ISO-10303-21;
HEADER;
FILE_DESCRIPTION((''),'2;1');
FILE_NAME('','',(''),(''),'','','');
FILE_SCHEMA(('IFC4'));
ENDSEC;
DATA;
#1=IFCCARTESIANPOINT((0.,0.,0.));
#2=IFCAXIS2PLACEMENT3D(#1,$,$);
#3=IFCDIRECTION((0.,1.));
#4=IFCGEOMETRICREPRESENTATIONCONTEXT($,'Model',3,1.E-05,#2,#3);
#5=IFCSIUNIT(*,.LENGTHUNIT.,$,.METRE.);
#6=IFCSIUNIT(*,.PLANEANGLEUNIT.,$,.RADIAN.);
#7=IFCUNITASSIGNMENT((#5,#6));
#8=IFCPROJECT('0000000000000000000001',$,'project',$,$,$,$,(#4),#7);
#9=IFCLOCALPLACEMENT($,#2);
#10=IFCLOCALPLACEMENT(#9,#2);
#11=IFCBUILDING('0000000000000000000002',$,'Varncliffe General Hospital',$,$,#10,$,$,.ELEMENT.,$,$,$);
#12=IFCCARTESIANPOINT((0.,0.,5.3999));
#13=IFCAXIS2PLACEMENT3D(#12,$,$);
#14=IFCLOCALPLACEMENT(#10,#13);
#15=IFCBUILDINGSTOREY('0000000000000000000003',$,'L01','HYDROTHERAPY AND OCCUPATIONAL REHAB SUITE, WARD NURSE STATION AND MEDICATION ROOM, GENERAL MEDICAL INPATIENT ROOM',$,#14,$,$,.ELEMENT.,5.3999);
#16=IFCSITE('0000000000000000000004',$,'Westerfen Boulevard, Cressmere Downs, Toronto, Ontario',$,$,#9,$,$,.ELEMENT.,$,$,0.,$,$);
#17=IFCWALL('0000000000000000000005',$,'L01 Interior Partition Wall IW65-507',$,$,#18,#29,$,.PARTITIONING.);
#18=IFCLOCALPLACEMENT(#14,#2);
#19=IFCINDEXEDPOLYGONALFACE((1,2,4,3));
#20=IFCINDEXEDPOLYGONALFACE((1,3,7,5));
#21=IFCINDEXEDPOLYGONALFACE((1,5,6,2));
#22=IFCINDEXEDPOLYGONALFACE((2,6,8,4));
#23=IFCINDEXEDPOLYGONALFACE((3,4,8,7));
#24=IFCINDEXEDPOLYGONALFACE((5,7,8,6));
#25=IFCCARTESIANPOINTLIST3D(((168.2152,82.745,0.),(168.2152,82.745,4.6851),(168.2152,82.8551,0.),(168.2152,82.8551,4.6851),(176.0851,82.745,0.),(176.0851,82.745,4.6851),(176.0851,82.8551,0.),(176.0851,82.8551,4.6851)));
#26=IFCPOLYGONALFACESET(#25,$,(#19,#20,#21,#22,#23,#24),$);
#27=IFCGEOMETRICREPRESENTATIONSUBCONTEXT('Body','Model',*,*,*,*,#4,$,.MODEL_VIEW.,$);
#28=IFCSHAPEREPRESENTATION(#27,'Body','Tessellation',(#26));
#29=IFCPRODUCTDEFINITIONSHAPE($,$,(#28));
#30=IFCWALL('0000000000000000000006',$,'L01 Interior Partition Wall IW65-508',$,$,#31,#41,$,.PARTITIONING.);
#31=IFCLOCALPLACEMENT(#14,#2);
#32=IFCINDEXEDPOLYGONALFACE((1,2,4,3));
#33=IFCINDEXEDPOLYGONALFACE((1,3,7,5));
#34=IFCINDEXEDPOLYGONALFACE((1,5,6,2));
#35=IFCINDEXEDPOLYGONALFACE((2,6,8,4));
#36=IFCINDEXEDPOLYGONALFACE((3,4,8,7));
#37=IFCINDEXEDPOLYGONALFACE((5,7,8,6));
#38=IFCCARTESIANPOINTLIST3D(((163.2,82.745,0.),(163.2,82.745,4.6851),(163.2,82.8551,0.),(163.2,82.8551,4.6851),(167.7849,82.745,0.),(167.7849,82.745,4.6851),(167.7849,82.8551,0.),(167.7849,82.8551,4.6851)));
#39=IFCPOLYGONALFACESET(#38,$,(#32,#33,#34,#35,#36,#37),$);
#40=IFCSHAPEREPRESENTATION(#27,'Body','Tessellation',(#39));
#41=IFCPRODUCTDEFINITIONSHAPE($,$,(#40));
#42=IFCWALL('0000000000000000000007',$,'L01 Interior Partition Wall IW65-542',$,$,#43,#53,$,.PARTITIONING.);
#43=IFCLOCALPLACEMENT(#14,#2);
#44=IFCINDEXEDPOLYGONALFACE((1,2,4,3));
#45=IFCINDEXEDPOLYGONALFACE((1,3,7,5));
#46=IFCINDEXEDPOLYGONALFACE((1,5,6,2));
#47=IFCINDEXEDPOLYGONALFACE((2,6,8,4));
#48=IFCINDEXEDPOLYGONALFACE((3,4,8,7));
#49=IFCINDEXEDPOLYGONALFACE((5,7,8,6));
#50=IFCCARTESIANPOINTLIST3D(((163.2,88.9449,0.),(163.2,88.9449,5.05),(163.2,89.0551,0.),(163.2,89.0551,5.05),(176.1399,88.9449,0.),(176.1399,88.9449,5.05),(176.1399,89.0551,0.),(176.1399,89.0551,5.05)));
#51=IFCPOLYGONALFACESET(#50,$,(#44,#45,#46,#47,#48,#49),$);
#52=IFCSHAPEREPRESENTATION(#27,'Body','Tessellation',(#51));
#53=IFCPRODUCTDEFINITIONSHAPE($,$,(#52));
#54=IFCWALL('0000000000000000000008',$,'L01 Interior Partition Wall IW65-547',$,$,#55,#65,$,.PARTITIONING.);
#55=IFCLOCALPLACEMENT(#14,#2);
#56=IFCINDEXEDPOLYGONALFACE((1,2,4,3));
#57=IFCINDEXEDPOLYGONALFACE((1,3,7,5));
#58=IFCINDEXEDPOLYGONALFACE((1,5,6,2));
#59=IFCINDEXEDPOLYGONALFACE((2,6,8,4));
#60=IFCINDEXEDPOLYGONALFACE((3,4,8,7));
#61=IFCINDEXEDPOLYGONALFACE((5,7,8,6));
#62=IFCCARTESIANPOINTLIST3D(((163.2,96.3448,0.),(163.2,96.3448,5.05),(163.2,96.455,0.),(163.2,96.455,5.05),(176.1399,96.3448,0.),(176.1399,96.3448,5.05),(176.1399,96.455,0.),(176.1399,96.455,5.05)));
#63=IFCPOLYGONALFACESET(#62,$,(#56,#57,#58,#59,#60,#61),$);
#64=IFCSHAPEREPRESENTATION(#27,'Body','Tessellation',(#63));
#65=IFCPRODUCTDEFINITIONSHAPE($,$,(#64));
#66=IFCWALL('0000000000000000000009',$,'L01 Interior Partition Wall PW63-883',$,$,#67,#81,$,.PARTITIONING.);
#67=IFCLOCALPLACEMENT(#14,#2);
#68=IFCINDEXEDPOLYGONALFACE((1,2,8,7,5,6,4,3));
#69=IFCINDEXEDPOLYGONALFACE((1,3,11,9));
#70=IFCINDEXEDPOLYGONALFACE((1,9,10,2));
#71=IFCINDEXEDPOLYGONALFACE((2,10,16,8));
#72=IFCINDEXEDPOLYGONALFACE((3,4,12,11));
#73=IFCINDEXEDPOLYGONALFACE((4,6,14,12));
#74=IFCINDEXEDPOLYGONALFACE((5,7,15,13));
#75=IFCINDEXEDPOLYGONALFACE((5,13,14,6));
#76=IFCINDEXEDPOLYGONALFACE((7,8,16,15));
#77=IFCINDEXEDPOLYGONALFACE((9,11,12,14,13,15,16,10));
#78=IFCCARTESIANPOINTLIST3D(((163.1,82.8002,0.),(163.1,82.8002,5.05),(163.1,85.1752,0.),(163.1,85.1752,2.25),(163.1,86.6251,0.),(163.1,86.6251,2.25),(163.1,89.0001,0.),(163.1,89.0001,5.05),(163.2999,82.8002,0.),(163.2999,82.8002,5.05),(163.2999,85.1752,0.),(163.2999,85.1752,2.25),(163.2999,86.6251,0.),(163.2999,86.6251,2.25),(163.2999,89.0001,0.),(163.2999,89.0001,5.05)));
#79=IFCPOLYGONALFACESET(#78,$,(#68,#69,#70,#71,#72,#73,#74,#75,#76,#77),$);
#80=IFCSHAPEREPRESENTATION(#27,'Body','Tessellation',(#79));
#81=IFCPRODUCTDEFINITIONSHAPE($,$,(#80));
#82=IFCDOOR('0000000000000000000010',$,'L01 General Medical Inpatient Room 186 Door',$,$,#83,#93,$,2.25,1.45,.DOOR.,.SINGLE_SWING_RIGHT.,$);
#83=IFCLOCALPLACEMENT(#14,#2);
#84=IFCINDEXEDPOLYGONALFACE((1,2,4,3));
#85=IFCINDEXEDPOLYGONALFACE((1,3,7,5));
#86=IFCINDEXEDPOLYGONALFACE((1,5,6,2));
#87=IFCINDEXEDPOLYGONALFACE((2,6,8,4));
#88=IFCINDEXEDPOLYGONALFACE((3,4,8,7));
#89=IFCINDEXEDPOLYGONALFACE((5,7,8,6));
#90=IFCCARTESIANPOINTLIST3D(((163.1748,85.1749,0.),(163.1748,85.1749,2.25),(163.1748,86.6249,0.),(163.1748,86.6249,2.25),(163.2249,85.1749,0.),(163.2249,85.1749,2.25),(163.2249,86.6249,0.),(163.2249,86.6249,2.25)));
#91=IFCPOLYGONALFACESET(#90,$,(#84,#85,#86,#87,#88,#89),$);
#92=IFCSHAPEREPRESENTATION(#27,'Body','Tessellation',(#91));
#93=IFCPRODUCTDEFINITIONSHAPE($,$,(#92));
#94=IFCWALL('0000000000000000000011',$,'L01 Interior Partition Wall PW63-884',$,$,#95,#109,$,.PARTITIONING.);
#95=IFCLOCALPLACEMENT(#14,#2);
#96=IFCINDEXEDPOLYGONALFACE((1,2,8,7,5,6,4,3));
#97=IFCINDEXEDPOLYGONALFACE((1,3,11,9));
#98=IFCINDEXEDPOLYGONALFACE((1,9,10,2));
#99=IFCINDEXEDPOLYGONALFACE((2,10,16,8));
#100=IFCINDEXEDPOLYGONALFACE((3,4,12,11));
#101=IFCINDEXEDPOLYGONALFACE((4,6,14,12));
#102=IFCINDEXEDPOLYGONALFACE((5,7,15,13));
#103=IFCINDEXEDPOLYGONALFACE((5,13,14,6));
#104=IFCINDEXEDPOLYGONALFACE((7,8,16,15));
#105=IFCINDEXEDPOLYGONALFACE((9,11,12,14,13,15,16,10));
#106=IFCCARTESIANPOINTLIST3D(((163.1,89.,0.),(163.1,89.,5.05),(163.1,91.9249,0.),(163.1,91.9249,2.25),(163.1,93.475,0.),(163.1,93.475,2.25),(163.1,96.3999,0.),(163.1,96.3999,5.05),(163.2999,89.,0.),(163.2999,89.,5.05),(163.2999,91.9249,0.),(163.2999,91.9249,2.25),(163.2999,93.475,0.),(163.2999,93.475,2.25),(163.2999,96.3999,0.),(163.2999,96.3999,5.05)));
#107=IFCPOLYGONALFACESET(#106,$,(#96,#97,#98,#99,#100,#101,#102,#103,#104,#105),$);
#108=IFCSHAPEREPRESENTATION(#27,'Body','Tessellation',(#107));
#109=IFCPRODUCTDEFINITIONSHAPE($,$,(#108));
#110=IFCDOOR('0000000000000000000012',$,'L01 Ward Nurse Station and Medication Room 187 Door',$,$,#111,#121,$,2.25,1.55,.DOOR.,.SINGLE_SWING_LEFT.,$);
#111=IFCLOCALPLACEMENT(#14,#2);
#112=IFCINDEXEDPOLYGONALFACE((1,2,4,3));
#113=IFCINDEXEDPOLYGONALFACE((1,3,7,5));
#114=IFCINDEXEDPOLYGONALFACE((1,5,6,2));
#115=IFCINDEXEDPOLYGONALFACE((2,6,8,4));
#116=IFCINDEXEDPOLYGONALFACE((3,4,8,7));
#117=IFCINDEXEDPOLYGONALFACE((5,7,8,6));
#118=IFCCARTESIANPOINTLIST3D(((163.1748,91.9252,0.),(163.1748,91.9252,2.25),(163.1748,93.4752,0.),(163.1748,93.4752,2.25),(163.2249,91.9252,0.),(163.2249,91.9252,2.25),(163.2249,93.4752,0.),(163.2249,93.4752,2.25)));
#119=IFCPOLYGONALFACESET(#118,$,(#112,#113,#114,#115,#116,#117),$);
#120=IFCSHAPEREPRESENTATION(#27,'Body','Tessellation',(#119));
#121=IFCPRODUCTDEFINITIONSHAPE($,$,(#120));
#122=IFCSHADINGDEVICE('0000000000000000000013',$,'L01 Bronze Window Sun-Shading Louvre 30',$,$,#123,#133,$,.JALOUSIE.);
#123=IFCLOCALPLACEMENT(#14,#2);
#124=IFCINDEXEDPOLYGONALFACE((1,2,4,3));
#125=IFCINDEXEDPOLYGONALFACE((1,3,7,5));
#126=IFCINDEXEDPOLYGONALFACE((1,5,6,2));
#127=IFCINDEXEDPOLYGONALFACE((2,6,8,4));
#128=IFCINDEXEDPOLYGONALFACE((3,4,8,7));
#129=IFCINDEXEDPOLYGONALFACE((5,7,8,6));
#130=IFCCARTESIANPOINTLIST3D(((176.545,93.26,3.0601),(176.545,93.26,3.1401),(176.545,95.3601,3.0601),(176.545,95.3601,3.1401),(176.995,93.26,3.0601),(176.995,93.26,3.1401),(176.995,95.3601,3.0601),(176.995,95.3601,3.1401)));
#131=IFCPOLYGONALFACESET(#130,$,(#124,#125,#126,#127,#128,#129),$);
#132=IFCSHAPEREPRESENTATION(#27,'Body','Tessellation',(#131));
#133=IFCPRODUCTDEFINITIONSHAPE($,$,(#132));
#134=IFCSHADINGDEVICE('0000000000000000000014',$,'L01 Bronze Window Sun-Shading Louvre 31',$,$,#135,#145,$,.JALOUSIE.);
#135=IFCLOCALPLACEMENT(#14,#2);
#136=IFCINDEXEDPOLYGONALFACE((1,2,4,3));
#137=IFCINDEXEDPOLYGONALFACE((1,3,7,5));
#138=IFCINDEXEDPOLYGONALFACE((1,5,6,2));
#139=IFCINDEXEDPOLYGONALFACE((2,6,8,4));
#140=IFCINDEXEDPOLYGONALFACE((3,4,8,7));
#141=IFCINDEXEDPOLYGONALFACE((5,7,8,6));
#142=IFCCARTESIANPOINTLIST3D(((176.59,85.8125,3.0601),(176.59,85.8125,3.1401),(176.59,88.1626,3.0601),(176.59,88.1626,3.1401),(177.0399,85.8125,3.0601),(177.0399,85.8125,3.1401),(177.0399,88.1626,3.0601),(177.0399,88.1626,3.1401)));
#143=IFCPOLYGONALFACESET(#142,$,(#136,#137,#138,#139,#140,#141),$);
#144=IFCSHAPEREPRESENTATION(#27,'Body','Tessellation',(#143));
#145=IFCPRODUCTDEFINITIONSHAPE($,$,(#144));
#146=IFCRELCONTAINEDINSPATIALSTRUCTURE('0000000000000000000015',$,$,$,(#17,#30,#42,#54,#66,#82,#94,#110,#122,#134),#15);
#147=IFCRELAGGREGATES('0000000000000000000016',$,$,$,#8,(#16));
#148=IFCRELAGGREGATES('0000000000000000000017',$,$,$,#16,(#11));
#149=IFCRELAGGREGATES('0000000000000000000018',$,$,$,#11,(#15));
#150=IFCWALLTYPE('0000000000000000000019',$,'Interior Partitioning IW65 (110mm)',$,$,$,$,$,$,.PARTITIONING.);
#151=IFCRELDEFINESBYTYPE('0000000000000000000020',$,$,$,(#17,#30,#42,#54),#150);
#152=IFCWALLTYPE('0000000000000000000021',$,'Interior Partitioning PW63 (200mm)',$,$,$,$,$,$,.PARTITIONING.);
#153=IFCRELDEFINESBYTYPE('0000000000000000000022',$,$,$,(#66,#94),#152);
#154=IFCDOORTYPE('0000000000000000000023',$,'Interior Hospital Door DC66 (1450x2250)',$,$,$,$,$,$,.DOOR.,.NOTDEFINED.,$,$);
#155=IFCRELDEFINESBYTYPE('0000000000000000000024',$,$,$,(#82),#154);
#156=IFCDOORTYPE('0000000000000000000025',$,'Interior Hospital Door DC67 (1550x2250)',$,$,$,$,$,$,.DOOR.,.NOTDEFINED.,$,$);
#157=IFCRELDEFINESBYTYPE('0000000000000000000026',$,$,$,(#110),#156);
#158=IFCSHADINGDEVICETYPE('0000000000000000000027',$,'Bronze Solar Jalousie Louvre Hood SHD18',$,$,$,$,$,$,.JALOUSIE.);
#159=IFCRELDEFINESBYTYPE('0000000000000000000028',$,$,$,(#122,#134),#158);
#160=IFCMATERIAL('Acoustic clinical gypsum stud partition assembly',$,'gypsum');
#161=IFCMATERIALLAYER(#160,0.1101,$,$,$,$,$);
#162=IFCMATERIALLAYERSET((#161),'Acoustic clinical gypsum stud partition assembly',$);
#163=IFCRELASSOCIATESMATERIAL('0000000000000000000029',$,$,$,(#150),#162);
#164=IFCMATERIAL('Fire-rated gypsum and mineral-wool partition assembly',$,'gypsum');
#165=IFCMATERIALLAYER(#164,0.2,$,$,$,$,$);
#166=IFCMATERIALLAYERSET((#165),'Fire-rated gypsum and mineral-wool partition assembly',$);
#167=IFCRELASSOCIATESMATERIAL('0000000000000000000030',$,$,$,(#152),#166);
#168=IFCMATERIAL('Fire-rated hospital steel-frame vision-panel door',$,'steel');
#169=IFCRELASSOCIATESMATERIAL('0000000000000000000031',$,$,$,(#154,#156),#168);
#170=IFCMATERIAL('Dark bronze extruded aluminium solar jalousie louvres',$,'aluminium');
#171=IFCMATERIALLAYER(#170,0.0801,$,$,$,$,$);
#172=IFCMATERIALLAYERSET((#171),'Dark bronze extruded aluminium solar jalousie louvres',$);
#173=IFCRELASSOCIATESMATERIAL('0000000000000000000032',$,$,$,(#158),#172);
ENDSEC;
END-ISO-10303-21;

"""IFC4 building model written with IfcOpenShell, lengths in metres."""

from ifc_helpers import new_model, si_unit, direction, frame, frame_2d, origin, origin_2d, place, context, subcontext, project, spatial, rectangle, extrude, material, layer, layer_set, type_object, element, fill, save


model = new_model("IFC4")

# Units and contexts
model_context = context("Model", 3, precision=1e-05, world=origin(), true_north=direction((0.0, 1.0)))
body_context = subcontext(model_context, "Body", "Model", "MODEL_VIEW")
ifc_project = project(units=[si_unit("LENGTHUNIT", "METRE"), si_unit("PLANEANGLEUNIT", "RADIAN")], contexts=[model_context])

# Site, building, storey
site_placement = place(None, origin())
site = spatial("IfcSite", under=ifc_project, at=site_placement, Name="Westerfen Boulevard, Cressmere Downs, Toronto, Ontario", CompositionType="ELEMENT", RefElevation=0.0)
building_placement = place(site_placement, origin())
building = spatial("IfcBuilding", under=site, at=building_placement, Name="Varncliffe General Hospital", CompositionType="ELEMENT")
storey_placement = place(building_placement, frame((0.0, 0.0, 5.3999)))
storey = spatial("IfcBuildingStorey", under=building, at=storey_placement, Name="L01", Description="HYDROTHERAPY AND OCCUPATIONAL REHAB SUITE, WARD NURSE STATION AND MEDICATION ROOM, GENERAL MEDICAL INPATIENT ROOM", CompositionType="ELEMENT", Elevation=5.3999)

# Walls
ifc_material_1 = material(Name="Acoustic clinical gypsum stud partition assembly", Category="gypsum")
ifc_layer_1 = layer(ifc_material_1, 0.1101)
ifc_layer_set_1 = layer_set([ifc_layer_1], Name="Acoustic clinical gypsum stud partition assembly")
wall_type_1 = type_object("IfcWallType", Name="Interior Partitioning IW65 (110mm)", PredefinedType="PARTITIONING", material=ifc_layer_set_1)
wall_1_placement = place(storey_placement, frame((168.2151, 82.8, 0.0), z_axis=(0.0, 0.0, 1.0), x_axis=(1.0, 0.0, 0.0)))
element("IfcWall", 1, at=wall_1_placement, inside=storey, type_object=wall_type_1, Name="L01 Interior Partition Wall IW65-507", PredefinedType="PARTITIONING", context=body_context, shape_type="SweptSolid", body=[
    extrude(rectangle(XDim=7.8699, YDim=0.1101, at=frame_2d((3.9351, 0.0))), origin(), (0.0, 0.0, 1.0), 4.6851),
])
wall_2_placement = place(storey_placement, frame((163.2, 82.8, 0.0), z_axis=(0.0, 0.0, 1.0), x_axis=(1.0, 0.0, 0.0)))
element("IfcWall", 2, at=wall_2_placement, inside=storey, type_object=wall_type_1, Name="L01 Interior Partition Wall IW65-508", PredefinedType="PARTITIONING", context=body_context, shape_type="SweptSolid", body=[
    extrude(rectangle(XDim=4.585, YDim=0.1101, at=frame_2d((2.2925, 0.0))), origin(), (0.0, 0.0, 1.0), 4.6851),
])
for number, where, z_axis, x_axis, name in (
    (3, (163.2, 89.0, 0.0), (0.0, 0.0, 1.0), (1.0, 0.0, 0.0), "L01 Interior Partition Wall IW65-542"),
    (4, (163.2, 96.3999, 0.0), (0.0, 0.0, 1.0), (1.0, 0.0, 0.0), "L01 Interior Partition Wall IW65-547"),
):
    element("IfcWall", number, at=place(storey_placement, frame(where, z_axis=z_axis, x_axis=x_axis)), inside=storey, type_object=wall_type_1, Name=name, PredefinedType="PARTITIONING", context=body_context, shape_type="SweptSolid", body=[
        extrude(rectangle(XDim=12.9399, YDim=0.1101, at=frame_2d((6.47, 0.0))), origin(), (0.0, 0.0, 1.0), 5.05),
    ])

# Walls, openings, doors
ifc_material_2 = material(Name="Fire-rated gypsum and mineral-wool partition assembly", Category="gypsum")
ifc_layer_2 = layer(ifc_material_2, 0.2)
ifc_layer_set_2 = layer_set([ifc_layer_2], Name="Fire-rated gypsum and mineral-wool partition assembly")
wall_type_2 = type_object("IfcWallType", Name="Interior Partitioning PW63 (200mm)", PredefinedType="PARTITIONING", material=ifc_layer_set_2)
wall_3_placement = place(storey_placement, frame((163.2, 82.8, 0.0), z_axis=(0.0, 0.0, 1.0), x_axis=(0.0, 1.0, 0.0)))
wall_3 = element("IfcWall", 5, at=wall_3_placement, inside=storey, type_object=wall_type_2, Name="L01 Interior Partition Wall PW63-883", PredefinedType="PARTITIONING", context=body_context, shape_type="SweptSolid", body=[
    extrude(rectangle(XDim=6.2, YDim=0.2, at=frame_2d((3.1001, 0.0))), origin(), (0.0, 0.0, 1.0), 5.05),
])
opening_1_placement = place(wall_3_placement, frame((2.375, 0.0, 0.0)))
opening_1 = element("IfcOpeningElement", 6, at=opening_1_placement, cuts=wall_3, PredefinedType="OPENING", context=body_context, shape_type="SweptSolid", body=[
    extrude(rectangle(XDim=1.45, YDim=2.25, at=frame_2d((0.7251, 1.125))), frame((0.0, 0.1099, 0.0), z_axis=(0.0, -1.0, 0.0), x_axis=(1.0, 0.0, 0.0)), (0.0, 0.0, 1.0), 0.22),
])
ifc_material_3 = material(Name="Fire-rated hospital steel-frame vision-panel door", Category="steel")
door_type_1 = type_object("IfcDoorType", Name="Interior Hospital Door DC66 (1450x2250)", OperationType="NOTDEFINED", PredefinedType="DOOR", material=ifc_material_3)
door_1_placement = place(opening_1_placement, frame((1.45, 0.0, 0.0), z_axis=(0.0, 0.0, 1.0), x_axis=(-1.0, 0.0, 0.0)))
door_1 = element("IfcDoor", 7, at=door_1_placement, inside=storey, type_object=door_type_1, Name="L01 General Medical Inpatient Room 186 Door", OperationType="SINGLE_SWING_RIGHT", OverallHeight=2.25, OverallWidth=1.45, PredefinedType="DOOR", context=body_context, shape_type="SweptSolid", body=[
    extrude(rectangle(XDim=1.45, YDim=2.25, at=frame_2d((0.7251, 1.125))), frame((0.0, 0.0249, 0.0), z_axis=(0.0, -1.0, 0.0), x_axis=(1.0, 0.0, 0.0)), (0.0, 0.0, 1.0), 0.05),
])
fill(opening_1, door_1)
wall_4_placement = place(storey_placement, frame((163.2, 89.0, 0.0), z_axis=(0.0, 0.0, 1.0), x_axis=(0.0, 1.0, 0.0)))
wall_4 = element("IfcWall", 8, at=wall_4_placement, inside=storey, type_object=wall_type_2, Name="L01 Interior Partition Wall PW63-884", PredefinedType="PARTITIONING", context=body_context, shape_type="SweptSolid", body=[
    extrude(rectangle(XDim=7.3999, YDim=0.2, at=frame_2d((3.7, 0.0))), origin(), (0.0, 0.0, 1.0), 5.05),
])
opening_2_placement = place(wall_4_placement, frame((2.925, 0.0, 0.0)))
opening_2 = element("IfcOpeningElement", 9, at=opening_2_placement, cuts=wall_4, PredefinedType="OPENING", context=body_context, shape_type="SweptSolid", body=[
    extrude(rectangle(XDim=1.55, YDim=2.25, at=frame_2d((0.7749, 1.125))), frame((0.0, 0.1099, 0.0), z_axis=(0.0, -1.0, 0.0), x_axis=(1.0, 0.0, 0.0)), (0.0, 0.0, 1.0), 0.22),
])
door_type_2 = type_object("IfcDoorType", Name="Interior Hospital Door DC67 (1550x2250)", OperationType="NOTDEFINED", PredefinedType="DOOR", material=ifc_material_3)
door_2_placement = place(opening_2_placement, frame((1.55, 0.0, 0.0), z_axis=(0.0, 0.0, 1.0), x_axis=(-1.0, 0.0, 0.0)))
door_2 = element("IfcDoor", 10, at=door_2_placement, inside=storey, type_object=door_type_2, Name="L01 Ward Nurse Station and Medication Room 187 Door", OperationType="SINGLE_SWING_LEFT", OverallHeight=2.25, OverallWidth=1.55, PredefinedType="DOOR", context=body_context, shape_type="SweptSolid", body=[
    extrude(rectangle(XDim=1.55, YDim=2.25, at=frame_2d((0.7749, 1.125))), frame((0.0, 0.0249, 0.0), z_axis=(0.0, -1.0, 0.0), x_axis=(1.0, 0.0, 0.0)), (0.0, 0.0, 1.0), 0.05),
])
fill(opening_2, door_2)

# Shading devices
ifc_material_4 = material(Name="Dark bronze extruded aluminium solar jalousie louvres", Category="aluminium")
ifc_layer_3 = layer(ifc_material_4, 0.0801)
ifc_layer_set_3 = layer_set([ifc_layer_3], Name="Dark bronze extruded aluminium solar jalousie louvres")
shading_device_type = type_object("IfcShadingDeviceType", Name="Bronze Solar Jalousie Louvre Hood SHD18", PredefinedType="JALOUSIE", material=ifc_layer_set_3)
shading_device_1_placement = place(storey_placement, frame((176.77, 94.3101, 3.0601), z_axis=(0.0, 0.0, 1.0), x_axis=(0.0, -1.0, 0.0)))
element("IfcShadingDevice", 11, at=shading_device_1_placement, inside=storey, type_object=shading_device_type, Name="L01 Bronze Window Sun-Shading Louvre 30", PredefinedType="JALOUSIE", context=body_context, shape_type="SweptSolid", body=[
    extrude(rectangle(XDim=2.1001, YDim=0.45, at=origin_2d()), origin(), (0.0, 0.0, 1.0), 0.0801),
])
shading_device_2_placement = place(storey_placement, frame((176.8149, 86.9875, 3.0601), z_axis=(0.0, 0.0, 1.0), x_axis=(0.0, -1.0, 0.0)))
element("IfcShadingDevice", 12, at=shading_device_2_placement, inside=storey, type_object=shading_device_type, Name="L01 Bronze Window Sun-Shading Louvre 31", PredefinedType="JALOUSIE", context=body_context, shape_type="SweptSolid", body=[
    extrude(rectangle(XDim=2.3501, YDim=0.45, at=origin_2d()), origin(), (0.0, 0.0, 1.0), 0.0801),
])

save(model, "model.ifc")
